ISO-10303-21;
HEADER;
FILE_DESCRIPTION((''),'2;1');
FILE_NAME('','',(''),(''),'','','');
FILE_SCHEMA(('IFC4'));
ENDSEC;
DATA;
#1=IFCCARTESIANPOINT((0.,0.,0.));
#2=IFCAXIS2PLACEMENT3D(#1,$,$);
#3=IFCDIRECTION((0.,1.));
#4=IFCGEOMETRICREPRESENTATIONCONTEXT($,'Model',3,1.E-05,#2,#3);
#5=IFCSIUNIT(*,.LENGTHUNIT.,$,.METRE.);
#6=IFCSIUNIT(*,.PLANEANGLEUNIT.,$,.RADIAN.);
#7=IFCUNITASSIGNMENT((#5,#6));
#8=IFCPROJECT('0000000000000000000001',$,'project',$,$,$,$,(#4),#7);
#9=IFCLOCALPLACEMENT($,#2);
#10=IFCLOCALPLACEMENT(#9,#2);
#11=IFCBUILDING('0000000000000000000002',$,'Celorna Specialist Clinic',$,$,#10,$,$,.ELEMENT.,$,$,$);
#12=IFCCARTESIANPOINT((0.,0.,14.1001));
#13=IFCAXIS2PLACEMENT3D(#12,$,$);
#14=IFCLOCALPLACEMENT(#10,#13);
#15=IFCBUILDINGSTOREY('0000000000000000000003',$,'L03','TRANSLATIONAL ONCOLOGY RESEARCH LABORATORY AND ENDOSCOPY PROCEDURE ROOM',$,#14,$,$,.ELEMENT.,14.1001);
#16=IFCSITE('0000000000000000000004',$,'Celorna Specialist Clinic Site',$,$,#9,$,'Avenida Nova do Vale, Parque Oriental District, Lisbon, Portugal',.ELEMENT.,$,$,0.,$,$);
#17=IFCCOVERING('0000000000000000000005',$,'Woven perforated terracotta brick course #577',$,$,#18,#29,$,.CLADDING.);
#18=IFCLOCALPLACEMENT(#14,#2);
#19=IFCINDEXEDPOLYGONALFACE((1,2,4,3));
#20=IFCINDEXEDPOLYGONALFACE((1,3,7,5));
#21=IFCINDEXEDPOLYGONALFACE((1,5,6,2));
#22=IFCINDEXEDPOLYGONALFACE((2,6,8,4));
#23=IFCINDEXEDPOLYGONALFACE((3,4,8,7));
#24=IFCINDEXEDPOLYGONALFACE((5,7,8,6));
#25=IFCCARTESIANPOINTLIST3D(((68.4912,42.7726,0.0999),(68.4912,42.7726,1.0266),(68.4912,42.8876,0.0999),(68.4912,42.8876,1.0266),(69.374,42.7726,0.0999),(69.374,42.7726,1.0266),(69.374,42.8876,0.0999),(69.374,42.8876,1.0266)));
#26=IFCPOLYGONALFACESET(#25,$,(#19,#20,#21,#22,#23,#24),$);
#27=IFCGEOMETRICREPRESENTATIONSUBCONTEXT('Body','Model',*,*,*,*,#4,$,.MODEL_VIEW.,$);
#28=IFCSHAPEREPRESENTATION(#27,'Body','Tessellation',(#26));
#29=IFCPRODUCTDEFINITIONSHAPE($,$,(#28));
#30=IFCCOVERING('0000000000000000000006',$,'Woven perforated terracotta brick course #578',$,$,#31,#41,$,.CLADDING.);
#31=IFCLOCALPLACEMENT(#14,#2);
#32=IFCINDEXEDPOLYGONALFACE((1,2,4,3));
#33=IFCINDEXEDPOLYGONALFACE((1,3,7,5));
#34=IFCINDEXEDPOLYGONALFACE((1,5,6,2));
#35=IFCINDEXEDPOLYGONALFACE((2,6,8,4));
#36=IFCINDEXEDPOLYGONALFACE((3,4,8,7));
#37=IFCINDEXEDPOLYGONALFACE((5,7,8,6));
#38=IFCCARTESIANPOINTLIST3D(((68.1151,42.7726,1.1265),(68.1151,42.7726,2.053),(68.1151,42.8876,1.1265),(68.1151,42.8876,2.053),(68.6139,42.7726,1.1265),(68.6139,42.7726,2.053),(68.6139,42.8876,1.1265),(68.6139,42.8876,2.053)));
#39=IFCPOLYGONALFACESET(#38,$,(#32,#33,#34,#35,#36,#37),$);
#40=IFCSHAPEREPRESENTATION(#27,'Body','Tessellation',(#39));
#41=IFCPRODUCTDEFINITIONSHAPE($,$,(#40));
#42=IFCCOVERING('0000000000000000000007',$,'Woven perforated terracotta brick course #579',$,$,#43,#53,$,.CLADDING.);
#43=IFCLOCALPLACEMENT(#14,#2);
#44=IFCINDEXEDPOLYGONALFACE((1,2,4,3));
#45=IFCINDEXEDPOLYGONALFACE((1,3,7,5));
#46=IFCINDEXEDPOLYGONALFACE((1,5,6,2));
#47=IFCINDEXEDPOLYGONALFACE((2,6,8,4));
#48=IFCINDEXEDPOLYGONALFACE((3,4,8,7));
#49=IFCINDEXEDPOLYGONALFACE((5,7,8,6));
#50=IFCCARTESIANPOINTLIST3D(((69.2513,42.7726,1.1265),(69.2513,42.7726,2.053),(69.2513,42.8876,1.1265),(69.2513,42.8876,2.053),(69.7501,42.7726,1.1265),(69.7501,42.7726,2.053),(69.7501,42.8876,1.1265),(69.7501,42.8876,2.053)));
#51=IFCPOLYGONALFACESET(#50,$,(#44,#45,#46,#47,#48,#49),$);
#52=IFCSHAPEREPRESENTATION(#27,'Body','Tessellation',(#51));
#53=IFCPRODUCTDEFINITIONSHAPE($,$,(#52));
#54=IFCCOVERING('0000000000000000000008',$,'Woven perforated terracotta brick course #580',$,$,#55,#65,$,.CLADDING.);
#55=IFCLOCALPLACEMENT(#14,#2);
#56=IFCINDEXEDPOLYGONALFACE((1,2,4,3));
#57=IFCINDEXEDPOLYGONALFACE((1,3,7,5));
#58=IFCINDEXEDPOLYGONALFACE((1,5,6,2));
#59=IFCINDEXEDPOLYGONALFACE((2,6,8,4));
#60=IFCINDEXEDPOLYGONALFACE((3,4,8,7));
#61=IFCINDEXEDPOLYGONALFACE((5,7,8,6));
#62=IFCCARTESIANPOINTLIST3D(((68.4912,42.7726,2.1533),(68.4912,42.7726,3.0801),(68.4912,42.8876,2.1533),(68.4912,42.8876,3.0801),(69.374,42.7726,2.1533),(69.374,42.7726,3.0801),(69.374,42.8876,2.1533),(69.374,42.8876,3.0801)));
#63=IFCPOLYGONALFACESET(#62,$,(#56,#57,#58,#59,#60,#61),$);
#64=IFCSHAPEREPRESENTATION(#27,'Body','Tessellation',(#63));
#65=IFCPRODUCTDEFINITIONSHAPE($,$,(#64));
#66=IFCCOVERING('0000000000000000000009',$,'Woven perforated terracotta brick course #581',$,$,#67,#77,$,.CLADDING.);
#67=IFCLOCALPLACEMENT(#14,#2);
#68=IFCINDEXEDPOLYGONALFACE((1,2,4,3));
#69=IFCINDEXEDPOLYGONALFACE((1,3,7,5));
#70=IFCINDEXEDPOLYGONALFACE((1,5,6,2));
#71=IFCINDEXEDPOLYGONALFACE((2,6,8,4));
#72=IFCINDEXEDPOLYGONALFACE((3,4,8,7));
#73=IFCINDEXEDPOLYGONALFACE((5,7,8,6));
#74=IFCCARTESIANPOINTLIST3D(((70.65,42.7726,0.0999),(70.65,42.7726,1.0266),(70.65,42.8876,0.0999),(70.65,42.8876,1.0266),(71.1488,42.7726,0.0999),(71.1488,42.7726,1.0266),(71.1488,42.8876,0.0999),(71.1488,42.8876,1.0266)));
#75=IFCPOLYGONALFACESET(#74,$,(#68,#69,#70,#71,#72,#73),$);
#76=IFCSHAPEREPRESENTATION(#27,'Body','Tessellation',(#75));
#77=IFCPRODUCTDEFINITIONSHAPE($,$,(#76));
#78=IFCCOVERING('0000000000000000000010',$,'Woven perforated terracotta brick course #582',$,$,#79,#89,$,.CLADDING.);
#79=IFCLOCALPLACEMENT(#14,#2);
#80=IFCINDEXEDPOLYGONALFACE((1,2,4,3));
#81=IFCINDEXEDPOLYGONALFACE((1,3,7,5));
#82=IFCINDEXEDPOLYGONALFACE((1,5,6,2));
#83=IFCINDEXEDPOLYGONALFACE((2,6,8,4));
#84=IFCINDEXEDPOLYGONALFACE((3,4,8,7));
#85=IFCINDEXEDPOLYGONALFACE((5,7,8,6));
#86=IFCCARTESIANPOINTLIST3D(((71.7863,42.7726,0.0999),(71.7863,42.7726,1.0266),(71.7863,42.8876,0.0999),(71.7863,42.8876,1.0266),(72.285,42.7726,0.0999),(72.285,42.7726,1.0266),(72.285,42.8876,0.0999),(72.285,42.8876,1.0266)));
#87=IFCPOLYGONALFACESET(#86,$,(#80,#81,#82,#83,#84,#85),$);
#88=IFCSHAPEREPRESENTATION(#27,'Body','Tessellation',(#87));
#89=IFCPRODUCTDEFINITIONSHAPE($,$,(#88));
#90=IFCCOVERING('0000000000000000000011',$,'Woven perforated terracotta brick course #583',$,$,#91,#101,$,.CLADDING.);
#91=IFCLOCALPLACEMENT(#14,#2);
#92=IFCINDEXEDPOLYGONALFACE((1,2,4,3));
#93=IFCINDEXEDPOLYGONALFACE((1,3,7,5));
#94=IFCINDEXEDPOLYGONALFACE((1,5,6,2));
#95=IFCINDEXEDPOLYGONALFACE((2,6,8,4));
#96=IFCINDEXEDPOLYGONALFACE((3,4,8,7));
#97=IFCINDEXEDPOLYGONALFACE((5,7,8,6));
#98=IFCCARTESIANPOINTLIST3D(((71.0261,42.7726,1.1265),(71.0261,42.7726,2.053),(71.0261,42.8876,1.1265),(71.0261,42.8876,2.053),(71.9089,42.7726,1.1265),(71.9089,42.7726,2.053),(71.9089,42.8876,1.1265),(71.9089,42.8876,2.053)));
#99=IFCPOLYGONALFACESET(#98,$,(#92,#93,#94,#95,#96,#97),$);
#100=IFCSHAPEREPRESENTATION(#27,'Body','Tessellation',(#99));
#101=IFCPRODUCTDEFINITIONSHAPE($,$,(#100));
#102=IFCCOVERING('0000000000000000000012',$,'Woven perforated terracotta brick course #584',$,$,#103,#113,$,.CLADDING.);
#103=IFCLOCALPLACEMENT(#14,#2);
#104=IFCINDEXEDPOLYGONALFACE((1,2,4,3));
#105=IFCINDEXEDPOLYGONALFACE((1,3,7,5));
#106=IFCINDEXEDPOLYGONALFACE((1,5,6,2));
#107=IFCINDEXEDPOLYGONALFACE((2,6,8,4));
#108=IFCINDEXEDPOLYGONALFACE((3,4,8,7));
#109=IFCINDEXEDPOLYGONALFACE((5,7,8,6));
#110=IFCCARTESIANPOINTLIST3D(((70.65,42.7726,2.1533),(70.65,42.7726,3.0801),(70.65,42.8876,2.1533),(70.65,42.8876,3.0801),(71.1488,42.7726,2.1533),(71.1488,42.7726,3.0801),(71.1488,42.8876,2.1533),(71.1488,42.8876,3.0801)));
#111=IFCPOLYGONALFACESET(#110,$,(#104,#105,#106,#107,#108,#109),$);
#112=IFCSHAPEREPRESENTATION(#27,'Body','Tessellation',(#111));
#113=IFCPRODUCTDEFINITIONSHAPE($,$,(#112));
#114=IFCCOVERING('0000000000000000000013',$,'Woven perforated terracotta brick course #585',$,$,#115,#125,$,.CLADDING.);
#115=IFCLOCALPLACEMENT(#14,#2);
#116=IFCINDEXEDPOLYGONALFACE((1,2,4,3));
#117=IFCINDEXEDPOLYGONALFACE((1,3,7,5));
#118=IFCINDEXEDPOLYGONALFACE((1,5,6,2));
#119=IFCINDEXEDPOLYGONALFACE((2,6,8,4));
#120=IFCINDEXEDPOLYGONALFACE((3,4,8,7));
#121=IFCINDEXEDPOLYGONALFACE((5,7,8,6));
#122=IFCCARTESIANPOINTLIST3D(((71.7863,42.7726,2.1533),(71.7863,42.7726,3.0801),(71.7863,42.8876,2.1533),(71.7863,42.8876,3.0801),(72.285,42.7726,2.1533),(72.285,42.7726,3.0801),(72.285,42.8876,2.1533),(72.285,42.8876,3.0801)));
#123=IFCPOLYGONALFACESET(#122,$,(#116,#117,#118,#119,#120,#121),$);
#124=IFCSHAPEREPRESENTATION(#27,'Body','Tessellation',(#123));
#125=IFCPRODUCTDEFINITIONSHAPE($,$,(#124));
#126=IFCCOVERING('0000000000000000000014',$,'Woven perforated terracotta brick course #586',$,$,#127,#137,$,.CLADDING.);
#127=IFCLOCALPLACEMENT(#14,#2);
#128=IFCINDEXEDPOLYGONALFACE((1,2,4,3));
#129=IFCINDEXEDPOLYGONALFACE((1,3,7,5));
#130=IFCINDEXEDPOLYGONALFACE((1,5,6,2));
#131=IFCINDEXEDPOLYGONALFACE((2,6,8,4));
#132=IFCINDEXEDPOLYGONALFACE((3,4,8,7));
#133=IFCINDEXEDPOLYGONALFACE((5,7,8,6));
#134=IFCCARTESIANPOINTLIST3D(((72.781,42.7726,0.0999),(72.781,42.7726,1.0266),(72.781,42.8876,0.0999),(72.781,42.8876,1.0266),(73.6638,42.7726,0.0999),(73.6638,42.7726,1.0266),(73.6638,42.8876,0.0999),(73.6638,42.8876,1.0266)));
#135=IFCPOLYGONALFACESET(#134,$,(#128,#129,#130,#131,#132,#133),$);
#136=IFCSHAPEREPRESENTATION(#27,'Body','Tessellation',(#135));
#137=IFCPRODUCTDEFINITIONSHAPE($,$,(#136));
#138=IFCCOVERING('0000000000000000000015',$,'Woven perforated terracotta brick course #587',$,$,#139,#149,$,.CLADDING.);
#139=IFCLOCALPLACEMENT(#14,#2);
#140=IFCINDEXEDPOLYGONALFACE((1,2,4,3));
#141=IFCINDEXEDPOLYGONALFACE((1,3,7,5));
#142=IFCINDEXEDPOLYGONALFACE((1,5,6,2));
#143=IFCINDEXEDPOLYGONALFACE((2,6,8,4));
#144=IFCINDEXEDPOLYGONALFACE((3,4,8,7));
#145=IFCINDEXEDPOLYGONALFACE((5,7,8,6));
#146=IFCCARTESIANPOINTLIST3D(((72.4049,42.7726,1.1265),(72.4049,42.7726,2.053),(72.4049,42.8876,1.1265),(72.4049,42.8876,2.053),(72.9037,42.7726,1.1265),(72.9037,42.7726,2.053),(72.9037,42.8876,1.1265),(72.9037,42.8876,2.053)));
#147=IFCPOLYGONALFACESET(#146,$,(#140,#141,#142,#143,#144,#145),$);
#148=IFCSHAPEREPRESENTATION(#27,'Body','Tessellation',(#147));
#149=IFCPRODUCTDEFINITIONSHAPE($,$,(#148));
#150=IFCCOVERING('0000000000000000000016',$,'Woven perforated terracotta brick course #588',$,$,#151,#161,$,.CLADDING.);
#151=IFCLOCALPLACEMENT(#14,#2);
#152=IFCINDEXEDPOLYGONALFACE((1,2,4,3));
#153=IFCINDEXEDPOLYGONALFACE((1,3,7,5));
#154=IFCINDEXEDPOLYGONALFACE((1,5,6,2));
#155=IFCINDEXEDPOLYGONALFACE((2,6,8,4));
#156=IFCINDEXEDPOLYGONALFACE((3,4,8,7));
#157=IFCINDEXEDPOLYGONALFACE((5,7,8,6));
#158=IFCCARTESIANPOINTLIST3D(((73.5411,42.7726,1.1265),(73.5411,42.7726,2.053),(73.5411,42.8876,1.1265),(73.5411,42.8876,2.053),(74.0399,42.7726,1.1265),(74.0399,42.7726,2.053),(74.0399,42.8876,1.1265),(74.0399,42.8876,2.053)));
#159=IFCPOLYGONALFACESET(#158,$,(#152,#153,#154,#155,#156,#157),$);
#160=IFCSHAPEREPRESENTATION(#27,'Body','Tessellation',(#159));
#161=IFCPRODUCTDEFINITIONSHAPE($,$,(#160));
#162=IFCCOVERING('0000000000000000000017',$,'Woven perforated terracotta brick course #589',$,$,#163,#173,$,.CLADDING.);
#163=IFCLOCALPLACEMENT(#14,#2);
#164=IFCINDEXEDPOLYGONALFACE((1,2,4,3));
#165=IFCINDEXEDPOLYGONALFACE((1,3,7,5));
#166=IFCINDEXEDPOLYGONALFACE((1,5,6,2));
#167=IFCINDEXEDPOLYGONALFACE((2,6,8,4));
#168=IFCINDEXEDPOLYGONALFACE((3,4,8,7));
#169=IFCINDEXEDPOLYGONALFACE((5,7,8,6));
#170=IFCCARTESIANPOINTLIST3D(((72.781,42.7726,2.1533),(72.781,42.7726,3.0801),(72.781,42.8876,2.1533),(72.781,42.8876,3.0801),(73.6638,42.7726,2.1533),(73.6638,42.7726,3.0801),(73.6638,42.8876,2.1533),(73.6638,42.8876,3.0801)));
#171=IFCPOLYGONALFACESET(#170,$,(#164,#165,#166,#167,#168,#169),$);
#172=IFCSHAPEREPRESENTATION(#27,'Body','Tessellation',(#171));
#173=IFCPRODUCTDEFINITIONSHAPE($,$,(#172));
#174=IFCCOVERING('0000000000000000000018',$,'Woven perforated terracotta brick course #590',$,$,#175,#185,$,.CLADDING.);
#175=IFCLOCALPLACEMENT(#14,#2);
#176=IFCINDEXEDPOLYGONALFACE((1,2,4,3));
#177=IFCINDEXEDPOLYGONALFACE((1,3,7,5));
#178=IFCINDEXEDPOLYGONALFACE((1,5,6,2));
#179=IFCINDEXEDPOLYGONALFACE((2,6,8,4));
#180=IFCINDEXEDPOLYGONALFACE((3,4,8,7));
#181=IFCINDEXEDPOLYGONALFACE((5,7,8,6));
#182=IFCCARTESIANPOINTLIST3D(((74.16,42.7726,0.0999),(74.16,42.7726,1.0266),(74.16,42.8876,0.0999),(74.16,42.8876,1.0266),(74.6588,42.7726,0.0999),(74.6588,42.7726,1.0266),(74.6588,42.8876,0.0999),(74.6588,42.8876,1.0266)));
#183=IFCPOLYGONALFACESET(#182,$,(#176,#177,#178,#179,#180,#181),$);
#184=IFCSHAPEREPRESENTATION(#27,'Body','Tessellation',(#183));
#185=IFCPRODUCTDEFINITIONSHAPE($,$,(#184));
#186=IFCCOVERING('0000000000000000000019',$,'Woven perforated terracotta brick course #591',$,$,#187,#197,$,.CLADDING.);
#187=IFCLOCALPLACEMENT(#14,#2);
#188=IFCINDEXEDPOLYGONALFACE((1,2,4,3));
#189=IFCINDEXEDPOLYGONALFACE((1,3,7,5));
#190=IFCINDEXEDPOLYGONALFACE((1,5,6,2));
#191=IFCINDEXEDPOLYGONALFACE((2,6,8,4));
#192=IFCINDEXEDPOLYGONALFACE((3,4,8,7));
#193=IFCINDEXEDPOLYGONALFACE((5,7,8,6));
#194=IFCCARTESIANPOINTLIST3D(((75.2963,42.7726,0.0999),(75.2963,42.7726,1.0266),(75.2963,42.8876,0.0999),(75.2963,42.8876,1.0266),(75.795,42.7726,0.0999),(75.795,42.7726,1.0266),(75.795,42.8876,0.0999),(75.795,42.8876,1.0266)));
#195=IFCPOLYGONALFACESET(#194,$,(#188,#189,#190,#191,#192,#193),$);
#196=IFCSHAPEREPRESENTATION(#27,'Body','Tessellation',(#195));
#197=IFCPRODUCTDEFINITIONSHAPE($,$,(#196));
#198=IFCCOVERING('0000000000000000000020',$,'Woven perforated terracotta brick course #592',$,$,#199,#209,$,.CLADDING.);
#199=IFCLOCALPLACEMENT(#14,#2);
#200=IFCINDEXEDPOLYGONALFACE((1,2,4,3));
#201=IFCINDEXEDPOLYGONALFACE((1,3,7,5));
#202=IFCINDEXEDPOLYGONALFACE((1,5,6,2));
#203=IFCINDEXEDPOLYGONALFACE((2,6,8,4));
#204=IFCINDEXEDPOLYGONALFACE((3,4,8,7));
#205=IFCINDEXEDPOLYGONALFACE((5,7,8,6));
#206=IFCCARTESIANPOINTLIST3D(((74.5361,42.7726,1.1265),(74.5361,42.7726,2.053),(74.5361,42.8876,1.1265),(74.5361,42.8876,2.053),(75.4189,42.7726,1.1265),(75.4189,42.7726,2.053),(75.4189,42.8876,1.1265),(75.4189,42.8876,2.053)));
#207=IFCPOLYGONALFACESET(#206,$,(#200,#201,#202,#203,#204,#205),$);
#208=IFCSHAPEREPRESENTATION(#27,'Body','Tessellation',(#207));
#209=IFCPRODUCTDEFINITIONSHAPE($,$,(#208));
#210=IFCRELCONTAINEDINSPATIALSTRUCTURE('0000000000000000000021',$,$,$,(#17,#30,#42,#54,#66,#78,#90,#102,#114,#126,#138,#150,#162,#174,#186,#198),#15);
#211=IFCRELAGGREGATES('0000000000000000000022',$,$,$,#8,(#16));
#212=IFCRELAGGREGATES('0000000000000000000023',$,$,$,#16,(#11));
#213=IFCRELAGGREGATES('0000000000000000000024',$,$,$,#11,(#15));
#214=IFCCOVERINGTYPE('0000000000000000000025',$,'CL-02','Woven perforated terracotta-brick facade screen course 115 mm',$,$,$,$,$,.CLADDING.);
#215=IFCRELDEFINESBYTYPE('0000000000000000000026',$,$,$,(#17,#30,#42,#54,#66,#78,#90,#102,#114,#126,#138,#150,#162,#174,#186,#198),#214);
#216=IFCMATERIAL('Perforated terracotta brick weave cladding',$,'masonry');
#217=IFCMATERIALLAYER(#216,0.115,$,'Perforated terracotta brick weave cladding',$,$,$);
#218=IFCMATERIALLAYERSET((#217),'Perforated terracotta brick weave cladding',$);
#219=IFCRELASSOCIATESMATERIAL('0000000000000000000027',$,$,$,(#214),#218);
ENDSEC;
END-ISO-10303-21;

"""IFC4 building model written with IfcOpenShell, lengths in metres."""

from ifc_helpers import new_model, si_unit, direction, frame, origin, origin_2d, place, context, subcontext, project, spatial, rectangle, extrude, material, layer, layer_set, type_object, element, save


model = new_model("IFC4")

# Units and contexts
model_context = context("Model", 3, precision=1e-05, world=origin(), true_north=direction((0.0, 1.0)))
body_context = subcontext(model_context, "Body", "Model", "MODEL_VIEW")
ifc_project = project(units=[si_unit("LENGTHUNIT", "METRE"), si_unit("PLANEANGLEUNIT", "RADIAN")], contexts=[model_context])

# Site, building, storey
site_placement = place(None, origin())
site = spatial("IfcSite", under=ifc_project, at=site_placement, Name="Celorna Specialist Clinic Site", LongName="Avenida Nova do Vale, Parque Oriental District, Lisbon, Portugal", CompositionType="ELEMENT", RefElevation=0.0)
building_placement = place(site_placement, origin())
building = spatial("IfcBuilding", under=site, at=building_placement, Name="Celorna Specialist Clinic", CompositionType="ELEMENT")
storey_placement = place(building_placement, frame((0.0, 0.0, 14.1001)))
storey = spatial("IfcBuildingStorey", under=building, at=storey_placement, Name="L03", Description="TRANSLATIONAL ONCOLOGY RESEARCH LABORATORY AND ENDOSCOPY PROCEDURE ROOM", CompositionType="ELEMENT", Elevation=14.1001)

# Coverings
ifc_material = material(Name="Perforated terracotta brick weave cladding", Category="masonry")
ifc_layer = layer(ifc_material, 0.115, Name="Perforated terracotta brick weave cladding")
ifc_layer_set = layer_set([ifc_layer], Name="Perforated terracotta brick weave cladding")
covering_type = type_object("IfcCoveringType", Name="CL-02", Description="Woven perforated terracotta-brick facade screen course 115 mm", PredefinedType="CLADDING", material=ifc_layer_set)
covering_1_placement = place(storey_placement, frame((68.9326, 42.8301, 0.0999), z_axis=(0.0, 0.0, 1.0), x_axis=(1.0, 0.0, 0.0)))
element("IfcCovering", 1, at=covering_1_placement, inside=storey, type_object=covering_type, Name="Woven perforated terracotta brick course #577", PredefinedType="CLADDING", context=body_context, shape_type="SweptSolid", body=[
    extrude(rectangle(XDim=0.8828, YDim=0.115, at=origin_2d()), origin(), (0.0, 0.0, 1.0), 0.9268),
])
for number, where, z_axis, x_axis, name in (
    (2, (68.3645, 42.8301, 1.1265), (0.0, 0.0, 1.0), (1.0, 0.0, 0.0), "Woven perforated terracotta brick course #578"),
    (3, (69.5007, 42.8301, 1.1265), (0.0, 0.0, 1.0), (1.0, 0.0, 0.0), "Woven perforated terracotta brick course #579"),
):
    element("IfcCovering", number, at=place(storey_placement, frame(where, z_axis=z_axis, x_axis=x_axis)), inside=storey, type_object=covering_type, Name=name, PredefinedType="CLADDING", context=body_context, shape_type="SweptSolid", body=[
        extrude(rectangle(XDim=0.4988, YDim=0.115, at=origin_2d()), origin(), (0.0, 0.0, 1.0), 0.9265),
    ])
covering_2_placement = place(storey_placement, frame((68.9326, 42.8301, 2.1533), z_axis=(0.0, 0.0, 1.0), x_axis=(1.0, 0.0, 0.0)))
element("IfcCovering", 4, at=covering_2_placement, inside=storey, type_object=covering_type, Name="Woven perforated terracotta brick course #580", PredefinedType="CLADDING", context=body_context, shape_type="SweptSolid", body=[
    extrude(rectangle(XDim=0.8828, YDim=0.115, at=origin_2d()), origin(), (0.0, 0.0, 1.0), 0.9268),
])
for number, where, z_axis, x_axis, name in (
    (5, (70.8994, 42.8301, 0.0999), (0.0, 0.0, 1.0), (1.0, 0.0, 0.0), "Woven perforated terracotta brick course #581"),
    (6, (72.0356, 42.8301, 0.0999), (0.0, 0.0, 1.0), (1.0, 0.0, 0.0), "Woven perforated terracotta brick course #582"),
):
    element("IfcCovering", number, at=place(storey_placement, frame(where, z_axis=z_axis, x_axis=x_axis)), inside=storey, type_object=covering_type, Name=name, PredefinedType="CLADDING", context=body_context, shape_type="SweptSolid", body=[
        extrude(rectangle(XDim=0.4988, YDim=0.115, at=origin_2d()), origin(), (0.0, 0.0, 1.0), 0.9268),
    ])
covering_3_placement = place(storey_placement, frame((71.4675, 42.8301, 1.1265), z_axis=(0.0, 0.0, 1.0), x_axis=(1.0, 0.0, 0.0)))
element("IfcCovering", 7, at=covering_3_placement, inside=storey, type_object=covering_type, Name="Woven perforated terracotta brick course #583", PredefinedType="CLADDING", context=body_context, shape_type="SweptSolid", body=[
    extrude(rectangle(XDim=0.8828, YDim=0.115, at=origin_2d()), origin(), (0.0, 0.0, 1.0), 0.9265),
])
for number, where, z_axis, x_axis, name in (
    (8, (70.8994, 42.8301, 2.1533), (0.0, 0.0, 1.0), (1.0, 0.0, 0.0), "Woven perforated terracotta brick course #584"),
    (9, (72.0356, 42.8301, 2.1533), (0.0, 0.0, 1.0), (1.0, 0.0, 0.0), "Woven perforated terracotta brick course #585"),
):
    element("IfcCovering", number, at=place(storey_placement, frame(where, z_axis=z_axis, x_axis=x_axis)), inside=storey, type_object=covering_type, Name=name, PredefinedType="CLADDING", context=body_context, shape_type="SweptSolid", body=[
        extrude(rectangle(XDim=0.4988, YDim=0.115, at=origin_2d()), origin(), (0.0, 0.0, 1.0), 0.9268),
    ])
covering_4_placement = place(storey_placement, frame((73.2224, 42.8301, 0.0999), z_axis=(0.0, 0.0, 1.0), x_axis=(1.0, 0.0, 0.0)))
element("IfcCovering", 10, at=covering_4_placement, inside=storey, type_object=covering_type, Name="Woven perforated terracotta brick course #586", PredefinedType="CLADDING", context=body_context, shape_type="SweptSolid", body=[
    extrude(rectangle(XDim=0.8828, YDim=0.115, at=origin_2d()), origin(), (0.0, 0.0, 1.0), 0.9268),
])
for number, where, z_axis, x_axis, name in (
    (11, (72.6543, 42.8301, 1.1265), (0.0, 0.0, 1.0), (1.0, 0.0, 0.0), "Woven perforated terracotta brick course #587"),
    (12, (73.7905, 42.8301, 1.1265), (0.0, 0.0, 1.0), (1.0, 0.0, 0.0), "Woven perforated terracotta brick course #588"),
):
    element("IfcCovering", number, at=place(storey_placement, frame(where, z_axis=z_axis, x_axis=x_axis)), inside=storey, type_object=covering_type, Name=name, PredefinedType="CLADDING", context=body_context, shape_type="SweptSolid", body=[
        extrude(rectangle(XDim=0.4988, YDim=0.115, at=origin_2d()), origin(), (0.0, 0.0, 1.0), 0.9265),
    ])
covering_5_placement = place(storey_placement, frame((73.2224, 42.8301, 2.1533), z_axis=(0.0, 0.0, 1.0), x_axis=(1.0, 0.0, 0.0)))
element("IfcCovering", 13, at=covering_5_placement, inside=storey, type_object=covering_type, Name="Woven perforated terracotta brick course #589", PredefinedType="CLADDING", context=body_context, shape_type="SweptSolid", body=[
    extrude(rectangle(XDim=0.8828, YDim=0.115, at=origin_2d()), origin(), (0.0, 0.0, 1.0), 0.9268),
])
for number, where, z_axis, x_axis, name in (
    (14, (74.4094, 42.8301, 0.0999), (0.0, 0.0, 1.0), (1.0, 0.0, 0.0), "Woven perforated terracotta brick course #590"),
    (15, (75.5457, 42.8301, 0.0999), (0.0, 0.0, 1.0), (1.0, 0.0, 0.0), "Woven perforated terracotta brick course #591"),
):
    element("IfcCovering", number, at=place(storey_placement, frame(where, z_axis=z_axis, x_axis=x_axis)), inside=storey, type_object=covering_type, Name=name, PredefinedType="CLADDING", context=body_context, shape_type="SweptSolid", body=[
        extrude(rectangle(XDim=0.4988, YDim=0.115, at=origin_2d()), origin(), (0.0, 0.0, 1.0), 0.9268),
    ])
covering_6_placement = place(storey_placement, frame((74.9775, 42.8301, 1.1265), z_axis=(0.0, 0.0, 1.0), x_axis=(1.0, 0.0, 0.0)))
element("IfcCovering", 16, at=covering_6_placement, inside=storey, type_object=covering_type, Name="Woven perforated terracotta brick course #592", PredefinedType="CLADDING", context=body_context, shape_type="SweptSolid", body=[
    extrude(rectangle(XDim=0.8828, YDim=0.115, at=origin_2d()), origin(), (0.0, 0.0, 1.0), 0.9265),
])

save(model, "model.ifc")
